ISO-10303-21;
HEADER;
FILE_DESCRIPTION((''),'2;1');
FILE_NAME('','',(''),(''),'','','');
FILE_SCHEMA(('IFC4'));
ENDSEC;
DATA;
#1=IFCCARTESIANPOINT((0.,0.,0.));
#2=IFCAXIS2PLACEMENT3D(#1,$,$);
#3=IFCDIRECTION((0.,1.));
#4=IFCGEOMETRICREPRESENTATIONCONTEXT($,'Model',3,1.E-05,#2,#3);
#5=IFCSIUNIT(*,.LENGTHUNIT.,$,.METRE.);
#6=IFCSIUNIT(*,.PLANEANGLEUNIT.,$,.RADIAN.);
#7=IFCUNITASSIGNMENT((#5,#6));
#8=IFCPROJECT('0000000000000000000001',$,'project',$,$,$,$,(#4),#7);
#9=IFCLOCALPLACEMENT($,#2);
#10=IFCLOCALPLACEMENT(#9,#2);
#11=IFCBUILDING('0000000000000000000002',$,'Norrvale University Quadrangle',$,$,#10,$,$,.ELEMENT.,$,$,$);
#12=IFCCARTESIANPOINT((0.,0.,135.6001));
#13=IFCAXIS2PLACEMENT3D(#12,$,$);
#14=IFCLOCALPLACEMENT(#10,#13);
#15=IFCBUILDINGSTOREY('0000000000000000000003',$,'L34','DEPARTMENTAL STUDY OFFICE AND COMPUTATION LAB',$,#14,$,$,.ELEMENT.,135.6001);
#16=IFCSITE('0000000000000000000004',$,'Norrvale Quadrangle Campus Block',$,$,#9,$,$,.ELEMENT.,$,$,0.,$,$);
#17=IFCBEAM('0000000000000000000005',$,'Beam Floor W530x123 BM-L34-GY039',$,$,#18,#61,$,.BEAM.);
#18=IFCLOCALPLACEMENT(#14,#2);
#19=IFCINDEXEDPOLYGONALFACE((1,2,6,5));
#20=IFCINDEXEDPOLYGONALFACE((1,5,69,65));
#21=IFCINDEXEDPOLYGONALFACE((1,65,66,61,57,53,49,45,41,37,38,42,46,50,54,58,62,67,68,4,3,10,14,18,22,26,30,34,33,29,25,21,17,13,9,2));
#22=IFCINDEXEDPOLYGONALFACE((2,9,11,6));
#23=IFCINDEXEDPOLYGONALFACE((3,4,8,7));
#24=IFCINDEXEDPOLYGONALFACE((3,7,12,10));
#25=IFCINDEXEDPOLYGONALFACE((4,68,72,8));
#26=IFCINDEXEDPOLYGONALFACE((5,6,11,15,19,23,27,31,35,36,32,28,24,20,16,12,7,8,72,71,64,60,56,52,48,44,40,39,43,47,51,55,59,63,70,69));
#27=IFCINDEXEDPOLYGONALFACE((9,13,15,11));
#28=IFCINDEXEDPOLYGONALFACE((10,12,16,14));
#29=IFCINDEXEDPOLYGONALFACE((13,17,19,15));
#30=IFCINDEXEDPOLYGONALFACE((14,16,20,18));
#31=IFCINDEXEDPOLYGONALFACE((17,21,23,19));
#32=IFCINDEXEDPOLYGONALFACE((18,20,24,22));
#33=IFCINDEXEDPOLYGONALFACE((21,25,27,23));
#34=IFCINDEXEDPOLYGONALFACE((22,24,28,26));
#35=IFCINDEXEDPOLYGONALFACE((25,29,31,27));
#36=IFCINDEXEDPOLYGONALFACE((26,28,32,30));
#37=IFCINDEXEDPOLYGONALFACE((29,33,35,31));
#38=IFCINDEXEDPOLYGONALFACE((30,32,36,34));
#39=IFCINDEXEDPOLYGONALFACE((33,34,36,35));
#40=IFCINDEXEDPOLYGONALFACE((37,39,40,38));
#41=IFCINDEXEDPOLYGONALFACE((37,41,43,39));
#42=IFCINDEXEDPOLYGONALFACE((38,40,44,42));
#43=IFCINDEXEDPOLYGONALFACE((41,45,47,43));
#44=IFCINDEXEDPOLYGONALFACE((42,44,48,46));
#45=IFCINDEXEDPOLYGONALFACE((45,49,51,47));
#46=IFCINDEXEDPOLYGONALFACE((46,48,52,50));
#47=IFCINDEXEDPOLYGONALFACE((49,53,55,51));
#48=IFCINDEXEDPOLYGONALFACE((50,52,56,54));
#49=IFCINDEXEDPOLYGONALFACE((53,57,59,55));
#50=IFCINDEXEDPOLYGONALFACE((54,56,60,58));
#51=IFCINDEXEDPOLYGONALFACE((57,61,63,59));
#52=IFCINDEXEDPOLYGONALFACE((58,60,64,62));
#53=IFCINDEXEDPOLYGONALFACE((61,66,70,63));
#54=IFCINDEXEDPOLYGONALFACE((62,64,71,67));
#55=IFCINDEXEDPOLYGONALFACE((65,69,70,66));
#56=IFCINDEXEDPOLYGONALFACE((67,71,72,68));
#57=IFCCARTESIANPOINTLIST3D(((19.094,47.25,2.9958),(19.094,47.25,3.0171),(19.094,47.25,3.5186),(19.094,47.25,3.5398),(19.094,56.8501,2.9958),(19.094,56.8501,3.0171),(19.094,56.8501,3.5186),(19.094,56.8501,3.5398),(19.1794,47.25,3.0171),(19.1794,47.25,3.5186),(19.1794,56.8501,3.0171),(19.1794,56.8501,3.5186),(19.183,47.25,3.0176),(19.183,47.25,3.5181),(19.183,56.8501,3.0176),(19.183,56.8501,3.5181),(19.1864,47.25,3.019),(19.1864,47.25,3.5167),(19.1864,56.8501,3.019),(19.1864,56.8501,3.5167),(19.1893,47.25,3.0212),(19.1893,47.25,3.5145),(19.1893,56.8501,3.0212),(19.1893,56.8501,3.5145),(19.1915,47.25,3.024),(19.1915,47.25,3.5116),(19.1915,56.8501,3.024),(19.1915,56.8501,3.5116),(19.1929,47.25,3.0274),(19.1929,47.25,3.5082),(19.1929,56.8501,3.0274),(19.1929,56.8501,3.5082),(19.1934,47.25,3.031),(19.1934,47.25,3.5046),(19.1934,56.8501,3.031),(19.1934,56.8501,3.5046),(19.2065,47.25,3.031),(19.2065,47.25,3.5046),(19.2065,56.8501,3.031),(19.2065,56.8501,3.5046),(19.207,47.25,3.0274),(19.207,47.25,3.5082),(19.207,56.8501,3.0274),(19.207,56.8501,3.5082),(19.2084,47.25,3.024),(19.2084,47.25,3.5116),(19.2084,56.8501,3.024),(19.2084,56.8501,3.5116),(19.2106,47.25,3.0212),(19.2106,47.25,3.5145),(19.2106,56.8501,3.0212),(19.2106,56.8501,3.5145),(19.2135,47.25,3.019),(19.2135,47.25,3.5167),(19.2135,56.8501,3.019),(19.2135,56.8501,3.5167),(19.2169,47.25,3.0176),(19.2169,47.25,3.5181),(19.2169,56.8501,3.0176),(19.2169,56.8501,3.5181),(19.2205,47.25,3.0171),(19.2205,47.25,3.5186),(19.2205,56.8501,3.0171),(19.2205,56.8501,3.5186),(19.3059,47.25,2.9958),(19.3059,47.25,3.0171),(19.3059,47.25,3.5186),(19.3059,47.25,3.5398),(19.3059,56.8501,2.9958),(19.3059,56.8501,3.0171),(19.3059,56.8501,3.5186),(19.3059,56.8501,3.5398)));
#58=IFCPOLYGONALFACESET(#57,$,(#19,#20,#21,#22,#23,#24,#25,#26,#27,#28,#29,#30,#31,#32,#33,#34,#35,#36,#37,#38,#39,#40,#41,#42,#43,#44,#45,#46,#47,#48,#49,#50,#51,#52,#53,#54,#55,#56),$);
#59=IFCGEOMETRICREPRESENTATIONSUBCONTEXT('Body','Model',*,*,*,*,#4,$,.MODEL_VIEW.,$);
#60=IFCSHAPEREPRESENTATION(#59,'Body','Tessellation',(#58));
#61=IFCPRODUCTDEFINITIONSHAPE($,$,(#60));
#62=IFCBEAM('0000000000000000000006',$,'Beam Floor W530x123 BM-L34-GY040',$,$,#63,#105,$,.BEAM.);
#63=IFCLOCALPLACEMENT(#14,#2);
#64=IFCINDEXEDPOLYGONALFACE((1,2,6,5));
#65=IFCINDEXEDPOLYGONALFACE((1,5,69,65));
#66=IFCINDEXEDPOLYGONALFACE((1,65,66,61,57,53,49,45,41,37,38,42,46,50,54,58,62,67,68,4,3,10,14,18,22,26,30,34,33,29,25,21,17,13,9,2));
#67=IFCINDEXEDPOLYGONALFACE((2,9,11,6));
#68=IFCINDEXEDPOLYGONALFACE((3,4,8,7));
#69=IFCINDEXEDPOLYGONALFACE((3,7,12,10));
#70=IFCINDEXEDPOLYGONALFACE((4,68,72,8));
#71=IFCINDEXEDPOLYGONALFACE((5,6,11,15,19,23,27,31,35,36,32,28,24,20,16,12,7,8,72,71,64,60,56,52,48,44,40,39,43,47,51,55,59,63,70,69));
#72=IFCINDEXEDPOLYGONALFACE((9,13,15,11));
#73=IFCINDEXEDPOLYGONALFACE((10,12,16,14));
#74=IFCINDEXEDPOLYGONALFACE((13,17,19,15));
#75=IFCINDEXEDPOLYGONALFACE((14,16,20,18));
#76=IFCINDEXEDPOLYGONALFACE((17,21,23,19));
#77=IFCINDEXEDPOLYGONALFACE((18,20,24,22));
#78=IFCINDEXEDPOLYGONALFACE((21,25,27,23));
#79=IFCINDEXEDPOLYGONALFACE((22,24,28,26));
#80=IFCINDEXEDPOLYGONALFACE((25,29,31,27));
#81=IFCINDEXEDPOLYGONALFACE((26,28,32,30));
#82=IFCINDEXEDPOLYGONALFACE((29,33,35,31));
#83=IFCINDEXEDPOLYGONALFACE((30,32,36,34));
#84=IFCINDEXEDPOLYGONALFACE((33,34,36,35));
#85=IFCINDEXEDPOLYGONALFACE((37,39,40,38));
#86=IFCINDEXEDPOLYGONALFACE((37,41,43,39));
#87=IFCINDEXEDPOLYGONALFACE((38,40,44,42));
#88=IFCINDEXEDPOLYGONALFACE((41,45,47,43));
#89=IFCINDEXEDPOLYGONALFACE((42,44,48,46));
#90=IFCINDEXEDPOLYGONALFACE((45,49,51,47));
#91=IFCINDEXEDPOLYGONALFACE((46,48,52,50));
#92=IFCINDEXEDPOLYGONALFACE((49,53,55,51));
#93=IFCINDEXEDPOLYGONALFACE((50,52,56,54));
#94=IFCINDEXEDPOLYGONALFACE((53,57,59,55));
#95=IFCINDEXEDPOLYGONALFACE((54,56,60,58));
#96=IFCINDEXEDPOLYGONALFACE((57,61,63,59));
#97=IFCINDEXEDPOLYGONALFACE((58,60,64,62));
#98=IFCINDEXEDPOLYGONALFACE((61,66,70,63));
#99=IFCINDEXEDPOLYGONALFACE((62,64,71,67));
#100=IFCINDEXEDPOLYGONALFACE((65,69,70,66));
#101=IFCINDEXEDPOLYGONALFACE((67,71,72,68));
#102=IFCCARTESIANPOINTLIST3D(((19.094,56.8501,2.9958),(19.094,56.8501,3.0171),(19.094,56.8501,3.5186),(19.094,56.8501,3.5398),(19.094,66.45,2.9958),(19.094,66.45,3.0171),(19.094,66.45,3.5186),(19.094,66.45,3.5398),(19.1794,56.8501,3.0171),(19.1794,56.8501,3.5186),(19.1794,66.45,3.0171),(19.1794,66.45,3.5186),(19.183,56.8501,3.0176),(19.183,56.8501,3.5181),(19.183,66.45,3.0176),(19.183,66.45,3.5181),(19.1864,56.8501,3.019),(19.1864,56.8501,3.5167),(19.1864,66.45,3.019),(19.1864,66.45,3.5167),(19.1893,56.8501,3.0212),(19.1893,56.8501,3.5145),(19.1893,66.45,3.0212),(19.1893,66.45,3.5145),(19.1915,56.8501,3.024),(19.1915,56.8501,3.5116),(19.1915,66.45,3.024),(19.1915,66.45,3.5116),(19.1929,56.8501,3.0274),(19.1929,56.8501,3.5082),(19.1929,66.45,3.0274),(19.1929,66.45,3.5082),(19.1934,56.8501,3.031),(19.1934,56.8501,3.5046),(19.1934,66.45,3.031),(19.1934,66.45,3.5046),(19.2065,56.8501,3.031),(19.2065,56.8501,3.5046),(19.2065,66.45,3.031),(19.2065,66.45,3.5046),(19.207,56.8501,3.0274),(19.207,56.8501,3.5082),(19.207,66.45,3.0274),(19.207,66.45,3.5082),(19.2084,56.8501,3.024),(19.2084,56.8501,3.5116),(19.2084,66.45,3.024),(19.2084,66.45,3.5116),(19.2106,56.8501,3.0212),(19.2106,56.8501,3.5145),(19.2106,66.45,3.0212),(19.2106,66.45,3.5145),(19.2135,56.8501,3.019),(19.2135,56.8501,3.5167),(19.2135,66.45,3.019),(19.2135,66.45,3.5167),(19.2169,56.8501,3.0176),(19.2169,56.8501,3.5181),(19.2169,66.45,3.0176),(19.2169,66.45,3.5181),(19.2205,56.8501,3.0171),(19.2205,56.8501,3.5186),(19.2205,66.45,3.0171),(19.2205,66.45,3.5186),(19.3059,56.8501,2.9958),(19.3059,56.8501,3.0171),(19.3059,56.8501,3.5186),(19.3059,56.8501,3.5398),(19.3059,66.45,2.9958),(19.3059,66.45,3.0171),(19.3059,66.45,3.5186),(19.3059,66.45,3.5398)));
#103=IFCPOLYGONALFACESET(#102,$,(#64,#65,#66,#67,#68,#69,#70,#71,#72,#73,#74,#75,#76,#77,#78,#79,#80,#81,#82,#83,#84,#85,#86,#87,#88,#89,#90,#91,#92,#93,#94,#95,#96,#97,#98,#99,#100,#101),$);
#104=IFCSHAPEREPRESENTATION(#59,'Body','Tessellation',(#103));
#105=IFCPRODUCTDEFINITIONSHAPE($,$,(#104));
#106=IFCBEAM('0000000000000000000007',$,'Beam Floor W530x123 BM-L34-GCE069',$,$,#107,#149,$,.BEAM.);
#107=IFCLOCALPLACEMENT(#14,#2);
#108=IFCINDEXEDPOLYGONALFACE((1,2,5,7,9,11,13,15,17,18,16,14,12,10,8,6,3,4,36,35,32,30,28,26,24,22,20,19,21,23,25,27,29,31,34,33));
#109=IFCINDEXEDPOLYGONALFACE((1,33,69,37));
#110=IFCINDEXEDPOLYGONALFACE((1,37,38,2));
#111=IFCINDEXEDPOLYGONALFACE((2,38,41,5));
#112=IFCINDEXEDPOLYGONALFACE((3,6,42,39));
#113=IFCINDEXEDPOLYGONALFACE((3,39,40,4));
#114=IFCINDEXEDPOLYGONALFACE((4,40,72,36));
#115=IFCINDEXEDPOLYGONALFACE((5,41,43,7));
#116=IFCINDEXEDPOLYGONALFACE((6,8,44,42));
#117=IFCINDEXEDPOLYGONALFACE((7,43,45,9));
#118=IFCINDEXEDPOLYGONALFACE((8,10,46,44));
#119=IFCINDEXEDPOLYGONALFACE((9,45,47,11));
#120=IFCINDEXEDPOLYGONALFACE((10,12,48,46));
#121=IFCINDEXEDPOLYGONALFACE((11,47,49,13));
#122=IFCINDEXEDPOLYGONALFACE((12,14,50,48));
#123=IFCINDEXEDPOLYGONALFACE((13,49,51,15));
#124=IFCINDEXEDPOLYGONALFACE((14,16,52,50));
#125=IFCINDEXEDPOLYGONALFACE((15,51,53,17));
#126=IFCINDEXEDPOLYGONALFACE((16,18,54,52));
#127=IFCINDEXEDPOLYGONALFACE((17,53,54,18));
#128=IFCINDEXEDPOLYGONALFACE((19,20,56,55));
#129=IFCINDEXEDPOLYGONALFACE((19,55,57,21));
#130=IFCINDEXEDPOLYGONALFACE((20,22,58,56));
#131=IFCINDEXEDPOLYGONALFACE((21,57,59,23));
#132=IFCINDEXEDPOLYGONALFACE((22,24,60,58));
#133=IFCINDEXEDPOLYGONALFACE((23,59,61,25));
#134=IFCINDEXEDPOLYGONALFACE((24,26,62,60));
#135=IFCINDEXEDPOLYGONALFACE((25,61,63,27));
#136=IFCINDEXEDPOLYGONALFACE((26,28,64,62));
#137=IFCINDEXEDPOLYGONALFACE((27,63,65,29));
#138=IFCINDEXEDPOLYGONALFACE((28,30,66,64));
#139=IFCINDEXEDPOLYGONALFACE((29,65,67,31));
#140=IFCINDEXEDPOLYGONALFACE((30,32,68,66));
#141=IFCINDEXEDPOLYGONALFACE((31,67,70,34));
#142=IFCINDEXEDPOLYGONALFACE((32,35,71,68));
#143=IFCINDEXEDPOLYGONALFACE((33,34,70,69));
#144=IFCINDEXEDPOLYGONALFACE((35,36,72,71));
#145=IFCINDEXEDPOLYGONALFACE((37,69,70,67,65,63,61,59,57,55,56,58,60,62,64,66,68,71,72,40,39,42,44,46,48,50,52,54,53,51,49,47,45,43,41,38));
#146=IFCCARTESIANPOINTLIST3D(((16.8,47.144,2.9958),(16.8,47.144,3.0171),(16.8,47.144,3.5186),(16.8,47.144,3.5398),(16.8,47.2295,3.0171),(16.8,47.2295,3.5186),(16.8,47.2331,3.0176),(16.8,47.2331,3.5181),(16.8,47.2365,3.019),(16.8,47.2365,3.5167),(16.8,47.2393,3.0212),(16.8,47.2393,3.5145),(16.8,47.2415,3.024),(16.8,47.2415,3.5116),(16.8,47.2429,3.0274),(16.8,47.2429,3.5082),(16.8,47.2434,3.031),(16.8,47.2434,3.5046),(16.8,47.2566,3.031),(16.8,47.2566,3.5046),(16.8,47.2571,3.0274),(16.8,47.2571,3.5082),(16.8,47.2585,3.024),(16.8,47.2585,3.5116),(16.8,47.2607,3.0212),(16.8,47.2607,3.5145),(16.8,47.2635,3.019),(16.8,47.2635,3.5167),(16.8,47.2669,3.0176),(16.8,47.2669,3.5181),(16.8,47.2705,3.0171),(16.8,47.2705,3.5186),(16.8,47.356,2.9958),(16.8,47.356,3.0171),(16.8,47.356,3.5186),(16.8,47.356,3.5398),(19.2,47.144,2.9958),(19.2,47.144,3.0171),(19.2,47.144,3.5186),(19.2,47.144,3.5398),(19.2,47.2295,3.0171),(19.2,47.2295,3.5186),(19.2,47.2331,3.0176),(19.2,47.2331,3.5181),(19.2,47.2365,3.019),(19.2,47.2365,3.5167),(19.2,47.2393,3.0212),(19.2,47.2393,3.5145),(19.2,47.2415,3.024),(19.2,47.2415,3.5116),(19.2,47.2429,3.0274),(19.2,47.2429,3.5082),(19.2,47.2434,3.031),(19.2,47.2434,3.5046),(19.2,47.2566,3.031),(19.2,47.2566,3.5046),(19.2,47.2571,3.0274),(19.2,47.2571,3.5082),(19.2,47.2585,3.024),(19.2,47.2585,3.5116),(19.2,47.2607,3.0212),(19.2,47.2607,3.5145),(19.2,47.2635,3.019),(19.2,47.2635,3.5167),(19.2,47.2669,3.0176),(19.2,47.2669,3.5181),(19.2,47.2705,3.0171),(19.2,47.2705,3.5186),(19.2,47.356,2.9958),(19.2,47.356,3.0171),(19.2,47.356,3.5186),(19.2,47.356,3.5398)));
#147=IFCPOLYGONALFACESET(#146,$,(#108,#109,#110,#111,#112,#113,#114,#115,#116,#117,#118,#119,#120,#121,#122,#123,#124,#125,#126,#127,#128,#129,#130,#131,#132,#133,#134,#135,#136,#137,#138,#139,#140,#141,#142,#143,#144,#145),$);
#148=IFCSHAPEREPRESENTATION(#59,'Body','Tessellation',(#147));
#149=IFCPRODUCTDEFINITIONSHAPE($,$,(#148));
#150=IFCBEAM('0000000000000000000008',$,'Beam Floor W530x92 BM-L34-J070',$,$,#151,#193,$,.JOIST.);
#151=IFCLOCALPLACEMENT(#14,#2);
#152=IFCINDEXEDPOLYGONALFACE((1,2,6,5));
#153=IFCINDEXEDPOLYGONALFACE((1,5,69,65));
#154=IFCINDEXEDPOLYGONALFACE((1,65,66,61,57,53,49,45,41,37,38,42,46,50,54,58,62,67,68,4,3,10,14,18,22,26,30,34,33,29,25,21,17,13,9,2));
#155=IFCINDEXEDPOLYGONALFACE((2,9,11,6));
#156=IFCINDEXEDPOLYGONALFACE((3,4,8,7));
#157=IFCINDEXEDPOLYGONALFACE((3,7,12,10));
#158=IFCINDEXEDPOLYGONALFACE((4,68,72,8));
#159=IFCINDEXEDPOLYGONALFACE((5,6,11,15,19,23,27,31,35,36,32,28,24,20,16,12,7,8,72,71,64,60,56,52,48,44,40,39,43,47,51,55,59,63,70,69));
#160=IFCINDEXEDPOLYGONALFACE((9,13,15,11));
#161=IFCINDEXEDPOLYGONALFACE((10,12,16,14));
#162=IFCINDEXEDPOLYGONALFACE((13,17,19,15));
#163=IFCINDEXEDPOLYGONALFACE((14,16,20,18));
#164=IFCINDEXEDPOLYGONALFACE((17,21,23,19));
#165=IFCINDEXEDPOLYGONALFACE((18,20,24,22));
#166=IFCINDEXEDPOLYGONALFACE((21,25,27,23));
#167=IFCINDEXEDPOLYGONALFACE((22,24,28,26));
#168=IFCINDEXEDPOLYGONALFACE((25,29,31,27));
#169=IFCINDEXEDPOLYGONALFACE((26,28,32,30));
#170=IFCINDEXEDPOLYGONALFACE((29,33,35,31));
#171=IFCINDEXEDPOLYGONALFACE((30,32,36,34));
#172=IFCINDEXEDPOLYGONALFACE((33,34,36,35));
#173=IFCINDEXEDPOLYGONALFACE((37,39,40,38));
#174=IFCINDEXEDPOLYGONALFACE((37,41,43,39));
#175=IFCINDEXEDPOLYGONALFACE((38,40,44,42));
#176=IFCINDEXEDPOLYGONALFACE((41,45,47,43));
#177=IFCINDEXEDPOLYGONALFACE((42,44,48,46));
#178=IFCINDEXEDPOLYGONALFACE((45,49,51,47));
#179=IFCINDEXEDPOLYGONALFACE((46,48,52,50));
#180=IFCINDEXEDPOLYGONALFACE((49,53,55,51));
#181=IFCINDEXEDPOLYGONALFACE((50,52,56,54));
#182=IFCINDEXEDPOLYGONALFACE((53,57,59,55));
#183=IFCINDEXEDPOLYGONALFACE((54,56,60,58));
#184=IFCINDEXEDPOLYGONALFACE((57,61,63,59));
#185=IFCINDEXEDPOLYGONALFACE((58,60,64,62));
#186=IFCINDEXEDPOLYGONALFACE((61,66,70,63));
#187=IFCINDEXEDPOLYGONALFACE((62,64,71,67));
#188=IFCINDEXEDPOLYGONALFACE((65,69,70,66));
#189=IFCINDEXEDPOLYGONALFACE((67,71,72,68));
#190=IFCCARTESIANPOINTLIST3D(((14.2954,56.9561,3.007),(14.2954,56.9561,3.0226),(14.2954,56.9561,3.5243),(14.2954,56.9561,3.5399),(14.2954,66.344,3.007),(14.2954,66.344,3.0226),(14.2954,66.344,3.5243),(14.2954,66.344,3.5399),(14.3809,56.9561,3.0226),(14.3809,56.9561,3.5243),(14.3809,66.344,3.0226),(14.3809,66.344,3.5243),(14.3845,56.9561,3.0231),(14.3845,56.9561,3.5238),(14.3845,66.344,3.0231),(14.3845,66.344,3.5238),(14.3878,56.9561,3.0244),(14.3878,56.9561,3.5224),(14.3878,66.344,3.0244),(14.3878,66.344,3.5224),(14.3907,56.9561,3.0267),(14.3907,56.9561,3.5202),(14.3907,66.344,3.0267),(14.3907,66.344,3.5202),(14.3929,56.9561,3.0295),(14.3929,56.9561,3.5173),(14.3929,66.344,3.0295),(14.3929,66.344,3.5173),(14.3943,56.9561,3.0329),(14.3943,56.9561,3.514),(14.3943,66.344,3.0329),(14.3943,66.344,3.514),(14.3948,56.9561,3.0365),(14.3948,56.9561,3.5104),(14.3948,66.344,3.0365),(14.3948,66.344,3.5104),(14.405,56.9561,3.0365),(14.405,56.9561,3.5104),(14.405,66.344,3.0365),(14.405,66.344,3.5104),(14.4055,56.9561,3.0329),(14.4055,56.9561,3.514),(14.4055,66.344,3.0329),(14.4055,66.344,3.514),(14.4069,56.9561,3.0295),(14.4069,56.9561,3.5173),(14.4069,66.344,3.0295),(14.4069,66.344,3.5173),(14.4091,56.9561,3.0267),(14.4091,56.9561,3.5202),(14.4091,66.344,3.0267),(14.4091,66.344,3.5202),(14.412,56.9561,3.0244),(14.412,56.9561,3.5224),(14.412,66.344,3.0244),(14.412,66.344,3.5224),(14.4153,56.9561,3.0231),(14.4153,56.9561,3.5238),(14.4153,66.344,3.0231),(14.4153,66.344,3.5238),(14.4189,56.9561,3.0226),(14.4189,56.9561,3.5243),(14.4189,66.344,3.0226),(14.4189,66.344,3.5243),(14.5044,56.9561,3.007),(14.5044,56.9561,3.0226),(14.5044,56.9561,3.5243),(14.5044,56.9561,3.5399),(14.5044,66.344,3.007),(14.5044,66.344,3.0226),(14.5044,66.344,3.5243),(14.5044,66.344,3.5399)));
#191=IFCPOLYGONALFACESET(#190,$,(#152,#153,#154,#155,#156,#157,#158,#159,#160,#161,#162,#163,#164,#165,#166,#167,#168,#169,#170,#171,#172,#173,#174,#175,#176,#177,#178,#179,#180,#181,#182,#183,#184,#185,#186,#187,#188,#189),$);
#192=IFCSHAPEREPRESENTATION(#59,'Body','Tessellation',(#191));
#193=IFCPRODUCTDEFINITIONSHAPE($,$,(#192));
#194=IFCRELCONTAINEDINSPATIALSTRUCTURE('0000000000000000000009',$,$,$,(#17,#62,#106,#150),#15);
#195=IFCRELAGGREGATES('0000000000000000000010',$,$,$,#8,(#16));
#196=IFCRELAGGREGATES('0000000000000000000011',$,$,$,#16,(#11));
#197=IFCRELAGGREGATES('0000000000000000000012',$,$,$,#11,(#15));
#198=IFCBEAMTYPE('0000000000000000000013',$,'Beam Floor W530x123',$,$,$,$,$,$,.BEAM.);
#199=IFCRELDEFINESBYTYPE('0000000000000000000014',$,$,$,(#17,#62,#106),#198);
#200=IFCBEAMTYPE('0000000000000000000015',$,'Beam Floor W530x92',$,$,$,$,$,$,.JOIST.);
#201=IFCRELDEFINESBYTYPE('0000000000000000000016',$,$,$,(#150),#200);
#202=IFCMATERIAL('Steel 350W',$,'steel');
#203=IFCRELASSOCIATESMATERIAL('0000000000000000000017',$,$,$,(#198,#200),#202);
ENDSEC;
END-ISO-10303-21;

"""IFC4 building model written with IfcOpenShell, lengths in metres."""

from ifc_helpers import new_model, si_unit, direction, frame, origin, origin_2d, place, context, subcontext, project, spatial, i_section, extrude, material, material_profile, profile_set, type_object, element, save


model = new_model("IFC4")

# Units and contexts
model_context = context("Model", 3, precision=1e-05, world=origin(), true_north=direction((0.0, 1.0)))
body_context = subcontext(model_context, "Body", "Model", "MODEL_VIEW")
ifc_project = project(units=[si_unit("LENGTHUNIT", "METRE"), si_unit("PLANEANGLEUNIT", "RADIAN")], contexts=[model_context])

# Site, building, storey
site_placement = place(None, origin())
site = spatial("IfcSite", under=ifc_project, at=site_placement, Name="Norrvale Quadrangle Campus Block", CompositionType="ELEMENT", RefElevation=0.0)
building_placement = place(site_placement, origin())
building = spatial("IfcBuilding", under=site, at=building_placement, Name="Norrvale University Quadrangle", CompositionType="ELEMENT")
storey_placement = place(building_placement, frame((0.0, 0.0, 135.6001)))
storey = spatial("IfcBuildingStorey", under=building, at=storey_placement, Name="L34", Description="DEPARTMENTAL STUDY OFFICE AND COMPUTATION LAB", CompositionType="ELEMENT", Elevation=135.6001)

# Beams
ifc_material_1 = material(Name="Steel 350W", Category="steel")
ifc_material_profile_1 = material_profile(ifc_material_1, i_section(OverallWidth=0.2119, OverallDepth=0.5439, WebThickness=0.0132, FlangeThickness=0.0212, FilletRadius=0.0139, at=origin_2d()), Name="Steel 350W")
ifc_profile_set_1 = profile_set([ifc_material_profile_1], Name="Steel 350W")
beam_type_1 = type_object("IfcBeamType", Name="Beam Floor W530x123", PredefinedType="BEAM", material=ifc_profile_set_1)
for number, where, z_axis, x_axis, name in (
    (1, (19.2, 47.25, 3.2678), (0.0, 1.0, 0.0), (-1.0, 0.0, 0.0), "Beam Floor W530x123 BM-L34-GY039"),
):
    element("IfcBeam", number, at=place(storey_placement, frame(where, z_axis=z_axis, x_axis=x_axis)), inside=storey, type_object=beam_type_1, Name=name, PredefinedType="BEAM", context=body_context, shape_type="SweptSolid", body=[
        extrude(i_section(OverallWidth=0.2119, OverallDepth=0.5439, WebThickness=0.0132, FlangeThickness=0.0212, FilletRadius=0.0139, at=origin_2d()), origin(), (0.0, 0.0, 1.0), 9.6001),
    ])
beam_1_placement = place(storey_placement, frame((19.2, 56.8501, 3.2678), z_axis=(0.0, 1.0, 0.0), x_axis=(-1.0, 0.0, 0.0)))
element("IfcBeam", 2, at=beam_1_placement, inside=storey, type_object=beam_type_1, Name="Beam Floor W530x123 BM-L34-GY040", PredefinedType="BEAM", context=body_context, shape_type="SweptSolid", body=[
    extrude(i_section(OverallWidth=0.2119, OverallDepth=0.5439, WebThickness=0.0132, FlangeThickness=0.0212, FilletRadius=0.0139, at=origin_2d()), origin(), (0.0, 0.0, 1.0), 9.5999),
])
beam_2_placement = place(storey_placement, frame((16.8, 47.25, 3.2678), z_axis=(1.0, 0.0, 0.0), x_axis=(0.0, 1.0, 0.0)))
element("IfcBeam", 3, at=beam_2_placement, inside=storey, type_object=beam_type_1, Name="Beam Floor W530x123 BM-L34-GCE069", PredefinedType="BEAM", context=body_context, shape_type="SweptSolid", body=[
    extrude(i_section(OverallWidth=0.2119, OverallDepth=0.5439, WebThickness=0.0132, FlangeThickness=0.0212, FilletRadius=0.0139, at=origin_2d()), origin(), (0.0, 0.0, 1.0), 2.3999),
])
ifc_material_profile_2 = material_profile(ifc_material_1, i_section(OverallWidth=0.209, OverallDepth=0.533, WebThickness=0.0103, FlangeThickness=0.0156, FilletRadius=0.0139, at=origin_2d()), Name="Steel 350W")
ifc_profile_set_2 = profile_set([ifc_material_profile_2], Name="Steel 350W")
beam_type_2 = type_object("IfcBeamType", Name="Beam Floor W530x92", PredefinedType="JOIST", material=ifc_profile_set_2)
for number, where, z_axis, x_axis, name in (
    (4, (14.3999, 56.9561, 3.2734), (0.0, 1.0, 0.0), (-1.0, 0.0, 0.0), "Beam Floor W530x92 BM-L34-J070"),
):
    element("IfcBeam", number, at=place(storey_placement, frame(where, z_axis=z_axis, x_axis=x_axis)), inside=storey, type_object=beam_type_2, Name=name, PredefinedType="JOIST", context=body_context, shape_type="SweptSolid", body=[
        extrude(i_section(OverallWidth=0.209, OverallDepth=0.533, WebThickness=0.0103, FlangeThickness=0.0156, FilletRadius=0.0139, at=origin_2d()), origin(), (0.0, 0.0, 1.0), 9.3879),
    ])

save(model, "model.ifc")
